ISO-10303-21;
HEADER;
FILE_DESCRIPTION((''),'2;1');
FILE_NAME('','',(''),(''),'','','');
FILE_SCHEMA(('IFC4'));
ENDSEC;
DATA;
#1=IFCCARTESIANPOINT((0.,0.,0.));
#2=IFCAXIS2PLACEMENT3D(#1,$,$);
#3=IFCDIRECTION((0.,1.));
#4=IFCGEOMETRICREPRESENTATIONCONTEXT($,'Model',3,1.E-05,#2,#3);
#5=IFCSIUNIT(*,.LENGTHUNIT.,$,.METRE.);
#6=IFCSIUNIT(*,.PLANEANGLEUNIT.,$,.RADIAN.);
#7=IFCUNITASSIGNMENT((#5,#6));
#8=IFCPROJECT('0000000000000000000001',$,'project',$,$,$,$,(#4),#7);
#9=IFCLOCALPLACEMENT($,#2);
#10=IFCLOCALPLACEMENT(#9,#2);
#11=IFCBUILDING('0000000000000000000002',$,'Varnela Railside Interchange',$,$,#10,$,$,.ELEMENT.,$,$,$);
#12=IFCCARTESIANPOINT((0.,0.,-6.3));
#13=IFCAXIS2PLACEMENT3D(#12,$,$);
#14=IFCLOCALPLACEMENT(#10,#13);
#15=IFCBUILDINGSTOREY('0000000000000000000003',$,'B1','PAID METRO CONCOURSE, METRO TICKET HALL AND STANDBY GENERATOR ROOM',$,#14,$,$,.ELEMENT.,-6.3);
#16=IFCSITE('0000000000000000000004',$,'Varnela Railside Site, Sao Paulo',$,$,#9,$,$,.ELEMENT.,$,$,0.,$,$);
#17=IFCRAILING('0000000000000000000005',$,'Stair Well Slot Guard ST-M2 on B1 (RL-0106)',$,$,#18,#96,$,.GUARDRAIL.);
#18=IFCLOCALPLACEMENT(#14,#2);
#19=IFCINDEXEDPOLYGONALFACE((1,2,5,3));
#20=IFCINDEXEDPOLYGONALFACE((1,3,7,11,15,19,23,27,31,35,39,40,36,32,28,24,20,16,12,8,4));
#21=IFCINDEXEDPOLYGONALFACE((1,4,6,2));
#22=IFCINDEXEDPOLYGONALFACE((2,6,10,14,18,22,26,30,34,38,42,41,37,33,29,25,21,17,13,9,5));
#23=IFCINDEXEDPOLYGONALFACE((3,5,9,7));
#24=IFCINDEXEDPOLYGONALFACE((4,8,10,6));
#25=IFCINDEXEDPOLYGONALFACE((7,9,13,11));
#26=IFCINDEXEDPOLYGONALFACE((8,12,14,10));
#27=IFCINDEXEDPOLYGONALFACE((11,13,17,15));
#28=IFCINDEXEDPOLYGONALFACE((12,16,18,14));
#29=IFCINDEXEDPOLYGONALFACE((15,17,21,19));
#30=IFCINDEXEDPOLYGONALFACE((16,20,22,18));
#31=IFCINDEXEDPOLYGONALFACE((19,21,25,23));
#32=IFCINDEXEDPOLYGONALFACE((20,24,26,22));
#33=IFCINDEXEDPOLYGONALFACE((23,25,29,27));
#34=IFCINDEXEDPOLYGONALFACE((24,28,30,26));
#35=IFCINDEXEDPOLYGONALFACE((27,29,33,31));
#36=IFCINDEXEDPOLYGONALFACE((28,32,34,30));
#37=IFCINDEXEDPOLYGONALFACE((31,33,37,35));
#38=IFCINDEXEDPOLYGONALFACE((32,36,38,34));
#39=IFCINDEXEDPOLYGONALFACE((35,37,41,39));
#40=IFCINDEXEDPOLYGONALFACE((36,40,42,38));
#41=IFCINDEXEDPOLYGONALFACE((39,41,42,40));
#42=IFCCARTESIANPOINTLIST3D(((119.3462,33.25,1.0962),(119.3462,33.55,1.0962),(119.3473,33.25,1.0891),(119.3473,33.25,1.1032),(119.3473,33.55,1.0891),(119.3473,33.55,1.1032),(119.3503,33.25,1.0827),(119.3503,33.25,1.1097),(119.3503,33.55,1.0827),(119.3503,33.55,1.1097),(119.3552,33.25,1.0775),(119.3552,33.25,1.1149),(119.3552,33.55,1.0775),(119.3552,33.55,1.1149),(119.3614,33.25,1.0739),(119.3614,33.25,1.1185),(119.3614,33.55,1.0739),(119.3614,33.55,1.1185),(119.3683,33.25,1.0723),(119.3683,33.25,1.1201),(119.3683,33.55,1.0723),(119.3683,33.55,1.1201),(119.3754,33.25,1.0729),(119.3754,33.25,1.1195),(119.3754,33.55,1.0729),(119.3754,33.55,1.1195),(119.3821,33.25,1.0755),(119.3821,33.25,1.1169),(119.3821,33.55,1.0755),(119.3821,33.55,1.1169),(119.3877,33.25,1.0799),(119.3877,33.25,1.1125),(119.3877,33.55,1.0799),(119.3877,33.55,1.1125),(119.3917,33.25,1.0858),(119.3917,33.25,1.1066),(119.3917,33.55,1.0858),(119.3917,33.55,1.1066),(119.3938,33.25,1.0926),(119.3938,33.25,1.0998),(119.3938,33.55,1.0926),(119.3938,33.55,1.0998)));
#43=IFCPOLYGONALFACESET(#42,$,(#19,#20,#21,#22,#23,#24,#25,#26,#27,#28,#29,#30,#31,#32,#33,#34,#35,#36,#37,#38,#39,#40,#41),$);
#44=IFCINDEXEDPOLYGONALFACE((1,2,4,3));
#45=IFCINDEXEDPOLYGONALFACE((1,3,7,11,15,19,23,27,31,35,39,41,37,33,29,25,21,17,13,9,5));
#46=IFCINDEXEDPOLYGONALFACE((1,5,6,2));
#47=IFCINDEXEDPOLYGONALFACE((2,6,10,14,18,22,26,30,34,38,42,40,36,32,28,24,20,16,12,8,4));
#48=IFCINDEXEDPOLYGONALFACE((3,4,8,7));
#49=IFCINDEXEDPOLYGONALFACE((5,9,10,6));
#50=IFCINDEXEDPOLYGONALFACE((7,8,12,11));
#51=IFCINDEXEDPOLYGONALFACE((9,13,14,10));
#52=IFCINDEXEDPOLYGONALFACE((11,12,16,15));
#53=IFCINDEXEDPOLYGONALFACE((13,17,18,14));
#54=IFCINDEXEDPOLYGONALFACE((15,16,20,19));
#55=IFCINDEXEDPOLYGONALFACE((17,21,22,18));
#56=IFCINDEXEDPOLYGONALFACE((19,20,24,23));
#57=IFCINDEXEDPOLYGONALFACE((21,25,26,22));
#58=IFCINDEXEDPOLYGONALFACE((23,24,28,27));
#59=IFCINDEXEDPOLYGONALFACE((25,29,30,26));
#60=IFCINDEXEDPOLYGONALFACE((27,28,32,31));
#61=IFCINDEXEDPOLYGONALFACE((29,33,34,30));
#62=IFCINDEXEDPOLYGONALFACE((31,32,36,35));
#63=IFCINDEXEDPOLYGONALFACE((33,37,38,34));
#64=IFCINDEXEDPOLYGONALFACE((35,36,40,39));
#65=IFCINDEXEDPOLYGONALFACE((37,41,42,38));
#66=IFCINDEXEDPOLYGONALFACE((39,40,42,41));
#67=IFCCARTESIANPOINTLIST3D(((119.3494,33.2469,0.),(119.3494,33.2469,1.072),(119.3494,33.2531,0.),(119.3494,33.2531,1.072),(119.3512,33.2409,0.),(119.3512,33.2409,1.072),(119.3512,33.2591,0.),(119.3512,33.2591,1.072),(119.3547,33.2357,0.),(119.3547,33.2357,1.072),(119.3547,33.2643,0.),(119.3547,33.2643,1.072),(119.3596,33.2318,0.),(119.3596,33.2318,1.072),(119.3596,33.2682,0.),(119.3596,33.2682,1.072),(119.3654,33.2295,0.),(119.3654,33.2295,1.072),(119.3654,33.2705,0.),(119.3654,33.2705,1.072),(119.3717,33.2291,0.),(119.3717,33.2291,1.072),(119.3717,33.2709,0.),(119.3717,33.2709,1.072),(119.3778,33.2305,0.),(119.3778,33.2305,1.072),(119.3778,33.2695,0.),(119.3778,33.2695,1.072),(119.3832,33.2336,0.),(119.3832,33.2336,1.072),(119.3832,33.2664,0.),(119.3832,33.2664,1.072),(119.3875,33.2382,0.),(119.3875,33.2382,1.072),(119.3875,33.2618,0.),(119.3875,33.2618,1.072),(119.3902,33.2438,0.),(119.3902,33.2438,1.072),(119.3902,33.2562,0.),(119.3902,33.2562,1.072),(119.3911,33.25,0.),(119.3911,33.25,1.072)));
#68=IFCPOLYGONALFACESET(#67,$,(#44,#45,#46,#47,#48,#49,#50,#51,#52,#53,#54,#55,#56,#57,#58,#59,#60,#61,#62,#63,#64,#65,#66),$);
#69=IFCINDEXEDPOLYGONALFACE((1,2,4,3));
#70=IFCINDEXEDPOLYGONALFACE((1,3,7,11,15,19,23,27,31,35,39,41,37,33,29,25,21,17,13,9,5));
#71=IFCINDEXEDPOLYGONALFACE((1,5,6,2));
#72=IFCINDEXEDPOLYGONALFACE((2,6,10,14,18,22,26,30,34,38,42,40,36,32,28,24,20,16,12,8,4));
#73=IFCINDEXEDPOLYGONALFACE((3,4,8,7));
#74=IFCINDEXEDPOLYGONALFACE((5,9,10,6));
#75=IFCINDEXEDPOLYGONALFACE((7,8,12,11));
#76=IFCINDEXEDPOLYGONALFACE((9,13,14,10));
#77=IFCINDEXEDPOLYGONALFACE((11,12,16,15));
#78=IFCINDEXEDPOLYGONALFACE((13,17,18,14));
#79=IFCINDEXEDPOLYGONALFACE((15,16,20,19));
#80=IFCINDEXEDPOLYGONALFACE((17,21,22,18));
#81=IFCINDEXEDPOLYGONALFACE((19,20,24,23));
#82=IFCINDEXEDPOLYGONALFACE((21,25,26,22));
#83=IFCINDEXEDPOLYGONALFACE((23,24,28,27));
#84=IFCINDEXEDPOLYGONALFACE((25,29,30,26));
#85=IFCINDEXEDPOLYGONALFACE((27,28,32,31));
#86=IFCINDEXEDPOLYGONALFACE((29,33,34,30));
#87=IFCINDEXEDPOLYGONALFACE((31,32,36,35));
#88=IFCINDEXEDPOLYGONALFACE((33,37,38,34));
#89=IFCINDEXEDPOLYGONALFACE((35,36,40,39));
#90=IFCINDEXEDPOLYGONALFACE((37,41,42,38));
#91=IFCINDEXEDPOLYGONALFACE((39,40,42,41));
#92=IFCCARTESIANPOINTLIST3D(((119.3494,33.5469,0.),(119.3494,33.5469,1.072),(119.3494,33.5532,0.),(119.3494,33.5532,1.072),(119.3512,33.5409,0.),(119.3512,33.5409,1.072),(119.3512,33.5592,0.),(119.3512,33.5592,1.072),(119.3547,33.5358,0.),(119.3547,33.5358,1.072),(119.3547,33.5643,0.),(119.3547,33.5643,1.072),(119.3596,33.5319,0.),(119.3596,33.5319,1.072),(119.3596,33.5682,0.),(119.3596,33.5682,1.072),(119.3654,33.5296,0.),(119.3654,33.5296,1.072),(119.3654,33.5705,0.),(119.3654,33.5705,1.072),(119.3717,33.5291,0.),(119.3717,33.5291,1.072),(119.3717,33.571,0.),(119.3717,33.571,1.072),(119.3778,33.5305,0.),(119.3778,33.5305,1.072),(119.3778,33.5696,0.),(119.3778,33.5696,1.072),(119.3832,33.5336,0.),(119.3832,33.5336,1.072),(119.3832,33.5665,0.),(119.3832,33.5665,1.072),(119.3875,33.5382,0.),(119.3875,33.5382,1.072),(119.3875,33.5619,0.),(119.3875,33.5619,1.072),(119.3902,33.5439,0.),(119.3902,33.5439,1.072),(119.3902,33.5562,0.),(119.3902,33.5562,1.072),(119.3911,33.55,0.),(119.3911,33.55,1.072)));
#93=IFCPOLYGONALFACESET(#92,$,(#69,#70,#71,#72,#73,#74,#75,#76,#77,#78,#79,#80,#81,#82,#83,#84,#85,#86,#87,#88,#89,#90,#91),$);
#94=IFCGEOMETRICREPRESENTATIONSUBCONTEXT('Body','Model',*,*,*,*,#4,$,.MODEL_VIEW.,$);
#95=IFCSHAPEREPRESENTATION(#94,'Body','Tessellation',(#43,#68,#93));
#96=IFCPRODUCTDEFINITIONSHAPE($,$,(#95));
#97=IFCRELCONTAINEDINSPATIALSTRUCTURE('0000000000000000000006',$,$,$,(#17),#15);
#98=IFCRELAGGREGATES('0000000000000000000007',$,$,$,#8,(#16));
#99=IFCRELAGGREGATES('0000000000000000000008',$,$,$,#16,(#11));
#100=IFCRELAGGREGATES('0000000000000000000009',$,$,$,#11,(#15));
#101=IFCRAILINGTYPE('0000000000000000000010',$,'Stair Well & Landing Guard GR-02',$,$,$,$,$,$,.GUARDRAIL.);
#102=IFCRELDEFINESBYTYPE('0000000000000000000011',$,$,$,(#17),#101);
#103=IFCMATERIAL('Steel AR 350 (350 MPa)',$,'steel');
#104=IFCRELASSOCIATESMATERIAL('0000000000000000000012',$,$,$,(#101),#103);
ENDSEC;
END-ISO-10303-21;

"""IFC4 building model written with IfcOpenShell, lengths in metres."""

from ifc_helpers import new_model, si_unit, direction, frame, origin, origin_2d, place, context, subcontext, project, spatial, circle, extrude, material, type_object, element, save


model = new_model("IFC4")

# Units and contexts
model_context = context("Model", 3, precision=1e-05, world=origin(), true_north=direction((0.0, 1.0)))
body_context = subcontext(model_context, "Body", "Model", "MODEL_VIEW")
ifc_project = project(units=[si_unit("LENGTHUNIT", "METRE"), si_unit("PLANEANGLEUNIT", "RADIAN")], contexts=[model_context])

# Site, building, storey
site_placement = place(None, origin())
site = spatial("IfcSite", under=ifc_project, at=site_placement, Name="Varnela Railside Site, Sao Paulo", CompositionType="ELEMENT", RefElevation=0.0)
building_placement = place(site_placement, origin())
building = spatial("IfcBuilding", under=site, at=building_placement, Name="Varnela Railside Interchange", CompositionType="ELEMENT")
storey_placement = place(building_placement, frame((0.0, 0.0, -6.3)))
storey = spatial("IfcBuildingStorey", under=building, at=storey_placement, Name="B1", Description="PAID METRO CONCOURSE, METRO TICKET HALL AND STANDBY GENERATOR ROOM", CompositionType="ELEMENT", Elevation=-6.3)

# Railing
ifc_material_1 = material(Name="Steel AR 350 (350 MPa)", Category="steel")
railing_type_1 = type_object("IfcRailingType", Name="Stair Well & Landing Guard GR-02", PredefinedType="GUARDRAIL", material=ifc_material_1)
railing_1_placement = place(storey_placement, frame((119.3701, 33.25, 0.0)))
element("IfcRailing", 1, at=railing_1_placement, inside=storey, type_object=railing_type_1, Name="Stair Well Slot Guard ST-M2 on B1 (RL-0106)", PredefinedType="GUARDRAIL", context=body_context, shape_type="SweptSolid", body=[
    extrude(circle(Radius=0.0239, at=origin_2d()), frame((0.0, 0.0, 1.0962), z_axis=(0.0, 1.0, 0.0), x_axis=(-1.0, 0.0, 0.0)), (0.0, 0.0, 1.0), 0.3),
    extrude(circle(Radius=0.021, at=origin_2d()), origin(), (0.0, 0.0, 1.0), 1.072),
    extrude(circle(Radius=0.021, at=origin_2d()), frame((0.0, 0.3, 0.0)), (0.0, 0.0, 1.0), 1.072),
])

save(model, "model.ifc")
